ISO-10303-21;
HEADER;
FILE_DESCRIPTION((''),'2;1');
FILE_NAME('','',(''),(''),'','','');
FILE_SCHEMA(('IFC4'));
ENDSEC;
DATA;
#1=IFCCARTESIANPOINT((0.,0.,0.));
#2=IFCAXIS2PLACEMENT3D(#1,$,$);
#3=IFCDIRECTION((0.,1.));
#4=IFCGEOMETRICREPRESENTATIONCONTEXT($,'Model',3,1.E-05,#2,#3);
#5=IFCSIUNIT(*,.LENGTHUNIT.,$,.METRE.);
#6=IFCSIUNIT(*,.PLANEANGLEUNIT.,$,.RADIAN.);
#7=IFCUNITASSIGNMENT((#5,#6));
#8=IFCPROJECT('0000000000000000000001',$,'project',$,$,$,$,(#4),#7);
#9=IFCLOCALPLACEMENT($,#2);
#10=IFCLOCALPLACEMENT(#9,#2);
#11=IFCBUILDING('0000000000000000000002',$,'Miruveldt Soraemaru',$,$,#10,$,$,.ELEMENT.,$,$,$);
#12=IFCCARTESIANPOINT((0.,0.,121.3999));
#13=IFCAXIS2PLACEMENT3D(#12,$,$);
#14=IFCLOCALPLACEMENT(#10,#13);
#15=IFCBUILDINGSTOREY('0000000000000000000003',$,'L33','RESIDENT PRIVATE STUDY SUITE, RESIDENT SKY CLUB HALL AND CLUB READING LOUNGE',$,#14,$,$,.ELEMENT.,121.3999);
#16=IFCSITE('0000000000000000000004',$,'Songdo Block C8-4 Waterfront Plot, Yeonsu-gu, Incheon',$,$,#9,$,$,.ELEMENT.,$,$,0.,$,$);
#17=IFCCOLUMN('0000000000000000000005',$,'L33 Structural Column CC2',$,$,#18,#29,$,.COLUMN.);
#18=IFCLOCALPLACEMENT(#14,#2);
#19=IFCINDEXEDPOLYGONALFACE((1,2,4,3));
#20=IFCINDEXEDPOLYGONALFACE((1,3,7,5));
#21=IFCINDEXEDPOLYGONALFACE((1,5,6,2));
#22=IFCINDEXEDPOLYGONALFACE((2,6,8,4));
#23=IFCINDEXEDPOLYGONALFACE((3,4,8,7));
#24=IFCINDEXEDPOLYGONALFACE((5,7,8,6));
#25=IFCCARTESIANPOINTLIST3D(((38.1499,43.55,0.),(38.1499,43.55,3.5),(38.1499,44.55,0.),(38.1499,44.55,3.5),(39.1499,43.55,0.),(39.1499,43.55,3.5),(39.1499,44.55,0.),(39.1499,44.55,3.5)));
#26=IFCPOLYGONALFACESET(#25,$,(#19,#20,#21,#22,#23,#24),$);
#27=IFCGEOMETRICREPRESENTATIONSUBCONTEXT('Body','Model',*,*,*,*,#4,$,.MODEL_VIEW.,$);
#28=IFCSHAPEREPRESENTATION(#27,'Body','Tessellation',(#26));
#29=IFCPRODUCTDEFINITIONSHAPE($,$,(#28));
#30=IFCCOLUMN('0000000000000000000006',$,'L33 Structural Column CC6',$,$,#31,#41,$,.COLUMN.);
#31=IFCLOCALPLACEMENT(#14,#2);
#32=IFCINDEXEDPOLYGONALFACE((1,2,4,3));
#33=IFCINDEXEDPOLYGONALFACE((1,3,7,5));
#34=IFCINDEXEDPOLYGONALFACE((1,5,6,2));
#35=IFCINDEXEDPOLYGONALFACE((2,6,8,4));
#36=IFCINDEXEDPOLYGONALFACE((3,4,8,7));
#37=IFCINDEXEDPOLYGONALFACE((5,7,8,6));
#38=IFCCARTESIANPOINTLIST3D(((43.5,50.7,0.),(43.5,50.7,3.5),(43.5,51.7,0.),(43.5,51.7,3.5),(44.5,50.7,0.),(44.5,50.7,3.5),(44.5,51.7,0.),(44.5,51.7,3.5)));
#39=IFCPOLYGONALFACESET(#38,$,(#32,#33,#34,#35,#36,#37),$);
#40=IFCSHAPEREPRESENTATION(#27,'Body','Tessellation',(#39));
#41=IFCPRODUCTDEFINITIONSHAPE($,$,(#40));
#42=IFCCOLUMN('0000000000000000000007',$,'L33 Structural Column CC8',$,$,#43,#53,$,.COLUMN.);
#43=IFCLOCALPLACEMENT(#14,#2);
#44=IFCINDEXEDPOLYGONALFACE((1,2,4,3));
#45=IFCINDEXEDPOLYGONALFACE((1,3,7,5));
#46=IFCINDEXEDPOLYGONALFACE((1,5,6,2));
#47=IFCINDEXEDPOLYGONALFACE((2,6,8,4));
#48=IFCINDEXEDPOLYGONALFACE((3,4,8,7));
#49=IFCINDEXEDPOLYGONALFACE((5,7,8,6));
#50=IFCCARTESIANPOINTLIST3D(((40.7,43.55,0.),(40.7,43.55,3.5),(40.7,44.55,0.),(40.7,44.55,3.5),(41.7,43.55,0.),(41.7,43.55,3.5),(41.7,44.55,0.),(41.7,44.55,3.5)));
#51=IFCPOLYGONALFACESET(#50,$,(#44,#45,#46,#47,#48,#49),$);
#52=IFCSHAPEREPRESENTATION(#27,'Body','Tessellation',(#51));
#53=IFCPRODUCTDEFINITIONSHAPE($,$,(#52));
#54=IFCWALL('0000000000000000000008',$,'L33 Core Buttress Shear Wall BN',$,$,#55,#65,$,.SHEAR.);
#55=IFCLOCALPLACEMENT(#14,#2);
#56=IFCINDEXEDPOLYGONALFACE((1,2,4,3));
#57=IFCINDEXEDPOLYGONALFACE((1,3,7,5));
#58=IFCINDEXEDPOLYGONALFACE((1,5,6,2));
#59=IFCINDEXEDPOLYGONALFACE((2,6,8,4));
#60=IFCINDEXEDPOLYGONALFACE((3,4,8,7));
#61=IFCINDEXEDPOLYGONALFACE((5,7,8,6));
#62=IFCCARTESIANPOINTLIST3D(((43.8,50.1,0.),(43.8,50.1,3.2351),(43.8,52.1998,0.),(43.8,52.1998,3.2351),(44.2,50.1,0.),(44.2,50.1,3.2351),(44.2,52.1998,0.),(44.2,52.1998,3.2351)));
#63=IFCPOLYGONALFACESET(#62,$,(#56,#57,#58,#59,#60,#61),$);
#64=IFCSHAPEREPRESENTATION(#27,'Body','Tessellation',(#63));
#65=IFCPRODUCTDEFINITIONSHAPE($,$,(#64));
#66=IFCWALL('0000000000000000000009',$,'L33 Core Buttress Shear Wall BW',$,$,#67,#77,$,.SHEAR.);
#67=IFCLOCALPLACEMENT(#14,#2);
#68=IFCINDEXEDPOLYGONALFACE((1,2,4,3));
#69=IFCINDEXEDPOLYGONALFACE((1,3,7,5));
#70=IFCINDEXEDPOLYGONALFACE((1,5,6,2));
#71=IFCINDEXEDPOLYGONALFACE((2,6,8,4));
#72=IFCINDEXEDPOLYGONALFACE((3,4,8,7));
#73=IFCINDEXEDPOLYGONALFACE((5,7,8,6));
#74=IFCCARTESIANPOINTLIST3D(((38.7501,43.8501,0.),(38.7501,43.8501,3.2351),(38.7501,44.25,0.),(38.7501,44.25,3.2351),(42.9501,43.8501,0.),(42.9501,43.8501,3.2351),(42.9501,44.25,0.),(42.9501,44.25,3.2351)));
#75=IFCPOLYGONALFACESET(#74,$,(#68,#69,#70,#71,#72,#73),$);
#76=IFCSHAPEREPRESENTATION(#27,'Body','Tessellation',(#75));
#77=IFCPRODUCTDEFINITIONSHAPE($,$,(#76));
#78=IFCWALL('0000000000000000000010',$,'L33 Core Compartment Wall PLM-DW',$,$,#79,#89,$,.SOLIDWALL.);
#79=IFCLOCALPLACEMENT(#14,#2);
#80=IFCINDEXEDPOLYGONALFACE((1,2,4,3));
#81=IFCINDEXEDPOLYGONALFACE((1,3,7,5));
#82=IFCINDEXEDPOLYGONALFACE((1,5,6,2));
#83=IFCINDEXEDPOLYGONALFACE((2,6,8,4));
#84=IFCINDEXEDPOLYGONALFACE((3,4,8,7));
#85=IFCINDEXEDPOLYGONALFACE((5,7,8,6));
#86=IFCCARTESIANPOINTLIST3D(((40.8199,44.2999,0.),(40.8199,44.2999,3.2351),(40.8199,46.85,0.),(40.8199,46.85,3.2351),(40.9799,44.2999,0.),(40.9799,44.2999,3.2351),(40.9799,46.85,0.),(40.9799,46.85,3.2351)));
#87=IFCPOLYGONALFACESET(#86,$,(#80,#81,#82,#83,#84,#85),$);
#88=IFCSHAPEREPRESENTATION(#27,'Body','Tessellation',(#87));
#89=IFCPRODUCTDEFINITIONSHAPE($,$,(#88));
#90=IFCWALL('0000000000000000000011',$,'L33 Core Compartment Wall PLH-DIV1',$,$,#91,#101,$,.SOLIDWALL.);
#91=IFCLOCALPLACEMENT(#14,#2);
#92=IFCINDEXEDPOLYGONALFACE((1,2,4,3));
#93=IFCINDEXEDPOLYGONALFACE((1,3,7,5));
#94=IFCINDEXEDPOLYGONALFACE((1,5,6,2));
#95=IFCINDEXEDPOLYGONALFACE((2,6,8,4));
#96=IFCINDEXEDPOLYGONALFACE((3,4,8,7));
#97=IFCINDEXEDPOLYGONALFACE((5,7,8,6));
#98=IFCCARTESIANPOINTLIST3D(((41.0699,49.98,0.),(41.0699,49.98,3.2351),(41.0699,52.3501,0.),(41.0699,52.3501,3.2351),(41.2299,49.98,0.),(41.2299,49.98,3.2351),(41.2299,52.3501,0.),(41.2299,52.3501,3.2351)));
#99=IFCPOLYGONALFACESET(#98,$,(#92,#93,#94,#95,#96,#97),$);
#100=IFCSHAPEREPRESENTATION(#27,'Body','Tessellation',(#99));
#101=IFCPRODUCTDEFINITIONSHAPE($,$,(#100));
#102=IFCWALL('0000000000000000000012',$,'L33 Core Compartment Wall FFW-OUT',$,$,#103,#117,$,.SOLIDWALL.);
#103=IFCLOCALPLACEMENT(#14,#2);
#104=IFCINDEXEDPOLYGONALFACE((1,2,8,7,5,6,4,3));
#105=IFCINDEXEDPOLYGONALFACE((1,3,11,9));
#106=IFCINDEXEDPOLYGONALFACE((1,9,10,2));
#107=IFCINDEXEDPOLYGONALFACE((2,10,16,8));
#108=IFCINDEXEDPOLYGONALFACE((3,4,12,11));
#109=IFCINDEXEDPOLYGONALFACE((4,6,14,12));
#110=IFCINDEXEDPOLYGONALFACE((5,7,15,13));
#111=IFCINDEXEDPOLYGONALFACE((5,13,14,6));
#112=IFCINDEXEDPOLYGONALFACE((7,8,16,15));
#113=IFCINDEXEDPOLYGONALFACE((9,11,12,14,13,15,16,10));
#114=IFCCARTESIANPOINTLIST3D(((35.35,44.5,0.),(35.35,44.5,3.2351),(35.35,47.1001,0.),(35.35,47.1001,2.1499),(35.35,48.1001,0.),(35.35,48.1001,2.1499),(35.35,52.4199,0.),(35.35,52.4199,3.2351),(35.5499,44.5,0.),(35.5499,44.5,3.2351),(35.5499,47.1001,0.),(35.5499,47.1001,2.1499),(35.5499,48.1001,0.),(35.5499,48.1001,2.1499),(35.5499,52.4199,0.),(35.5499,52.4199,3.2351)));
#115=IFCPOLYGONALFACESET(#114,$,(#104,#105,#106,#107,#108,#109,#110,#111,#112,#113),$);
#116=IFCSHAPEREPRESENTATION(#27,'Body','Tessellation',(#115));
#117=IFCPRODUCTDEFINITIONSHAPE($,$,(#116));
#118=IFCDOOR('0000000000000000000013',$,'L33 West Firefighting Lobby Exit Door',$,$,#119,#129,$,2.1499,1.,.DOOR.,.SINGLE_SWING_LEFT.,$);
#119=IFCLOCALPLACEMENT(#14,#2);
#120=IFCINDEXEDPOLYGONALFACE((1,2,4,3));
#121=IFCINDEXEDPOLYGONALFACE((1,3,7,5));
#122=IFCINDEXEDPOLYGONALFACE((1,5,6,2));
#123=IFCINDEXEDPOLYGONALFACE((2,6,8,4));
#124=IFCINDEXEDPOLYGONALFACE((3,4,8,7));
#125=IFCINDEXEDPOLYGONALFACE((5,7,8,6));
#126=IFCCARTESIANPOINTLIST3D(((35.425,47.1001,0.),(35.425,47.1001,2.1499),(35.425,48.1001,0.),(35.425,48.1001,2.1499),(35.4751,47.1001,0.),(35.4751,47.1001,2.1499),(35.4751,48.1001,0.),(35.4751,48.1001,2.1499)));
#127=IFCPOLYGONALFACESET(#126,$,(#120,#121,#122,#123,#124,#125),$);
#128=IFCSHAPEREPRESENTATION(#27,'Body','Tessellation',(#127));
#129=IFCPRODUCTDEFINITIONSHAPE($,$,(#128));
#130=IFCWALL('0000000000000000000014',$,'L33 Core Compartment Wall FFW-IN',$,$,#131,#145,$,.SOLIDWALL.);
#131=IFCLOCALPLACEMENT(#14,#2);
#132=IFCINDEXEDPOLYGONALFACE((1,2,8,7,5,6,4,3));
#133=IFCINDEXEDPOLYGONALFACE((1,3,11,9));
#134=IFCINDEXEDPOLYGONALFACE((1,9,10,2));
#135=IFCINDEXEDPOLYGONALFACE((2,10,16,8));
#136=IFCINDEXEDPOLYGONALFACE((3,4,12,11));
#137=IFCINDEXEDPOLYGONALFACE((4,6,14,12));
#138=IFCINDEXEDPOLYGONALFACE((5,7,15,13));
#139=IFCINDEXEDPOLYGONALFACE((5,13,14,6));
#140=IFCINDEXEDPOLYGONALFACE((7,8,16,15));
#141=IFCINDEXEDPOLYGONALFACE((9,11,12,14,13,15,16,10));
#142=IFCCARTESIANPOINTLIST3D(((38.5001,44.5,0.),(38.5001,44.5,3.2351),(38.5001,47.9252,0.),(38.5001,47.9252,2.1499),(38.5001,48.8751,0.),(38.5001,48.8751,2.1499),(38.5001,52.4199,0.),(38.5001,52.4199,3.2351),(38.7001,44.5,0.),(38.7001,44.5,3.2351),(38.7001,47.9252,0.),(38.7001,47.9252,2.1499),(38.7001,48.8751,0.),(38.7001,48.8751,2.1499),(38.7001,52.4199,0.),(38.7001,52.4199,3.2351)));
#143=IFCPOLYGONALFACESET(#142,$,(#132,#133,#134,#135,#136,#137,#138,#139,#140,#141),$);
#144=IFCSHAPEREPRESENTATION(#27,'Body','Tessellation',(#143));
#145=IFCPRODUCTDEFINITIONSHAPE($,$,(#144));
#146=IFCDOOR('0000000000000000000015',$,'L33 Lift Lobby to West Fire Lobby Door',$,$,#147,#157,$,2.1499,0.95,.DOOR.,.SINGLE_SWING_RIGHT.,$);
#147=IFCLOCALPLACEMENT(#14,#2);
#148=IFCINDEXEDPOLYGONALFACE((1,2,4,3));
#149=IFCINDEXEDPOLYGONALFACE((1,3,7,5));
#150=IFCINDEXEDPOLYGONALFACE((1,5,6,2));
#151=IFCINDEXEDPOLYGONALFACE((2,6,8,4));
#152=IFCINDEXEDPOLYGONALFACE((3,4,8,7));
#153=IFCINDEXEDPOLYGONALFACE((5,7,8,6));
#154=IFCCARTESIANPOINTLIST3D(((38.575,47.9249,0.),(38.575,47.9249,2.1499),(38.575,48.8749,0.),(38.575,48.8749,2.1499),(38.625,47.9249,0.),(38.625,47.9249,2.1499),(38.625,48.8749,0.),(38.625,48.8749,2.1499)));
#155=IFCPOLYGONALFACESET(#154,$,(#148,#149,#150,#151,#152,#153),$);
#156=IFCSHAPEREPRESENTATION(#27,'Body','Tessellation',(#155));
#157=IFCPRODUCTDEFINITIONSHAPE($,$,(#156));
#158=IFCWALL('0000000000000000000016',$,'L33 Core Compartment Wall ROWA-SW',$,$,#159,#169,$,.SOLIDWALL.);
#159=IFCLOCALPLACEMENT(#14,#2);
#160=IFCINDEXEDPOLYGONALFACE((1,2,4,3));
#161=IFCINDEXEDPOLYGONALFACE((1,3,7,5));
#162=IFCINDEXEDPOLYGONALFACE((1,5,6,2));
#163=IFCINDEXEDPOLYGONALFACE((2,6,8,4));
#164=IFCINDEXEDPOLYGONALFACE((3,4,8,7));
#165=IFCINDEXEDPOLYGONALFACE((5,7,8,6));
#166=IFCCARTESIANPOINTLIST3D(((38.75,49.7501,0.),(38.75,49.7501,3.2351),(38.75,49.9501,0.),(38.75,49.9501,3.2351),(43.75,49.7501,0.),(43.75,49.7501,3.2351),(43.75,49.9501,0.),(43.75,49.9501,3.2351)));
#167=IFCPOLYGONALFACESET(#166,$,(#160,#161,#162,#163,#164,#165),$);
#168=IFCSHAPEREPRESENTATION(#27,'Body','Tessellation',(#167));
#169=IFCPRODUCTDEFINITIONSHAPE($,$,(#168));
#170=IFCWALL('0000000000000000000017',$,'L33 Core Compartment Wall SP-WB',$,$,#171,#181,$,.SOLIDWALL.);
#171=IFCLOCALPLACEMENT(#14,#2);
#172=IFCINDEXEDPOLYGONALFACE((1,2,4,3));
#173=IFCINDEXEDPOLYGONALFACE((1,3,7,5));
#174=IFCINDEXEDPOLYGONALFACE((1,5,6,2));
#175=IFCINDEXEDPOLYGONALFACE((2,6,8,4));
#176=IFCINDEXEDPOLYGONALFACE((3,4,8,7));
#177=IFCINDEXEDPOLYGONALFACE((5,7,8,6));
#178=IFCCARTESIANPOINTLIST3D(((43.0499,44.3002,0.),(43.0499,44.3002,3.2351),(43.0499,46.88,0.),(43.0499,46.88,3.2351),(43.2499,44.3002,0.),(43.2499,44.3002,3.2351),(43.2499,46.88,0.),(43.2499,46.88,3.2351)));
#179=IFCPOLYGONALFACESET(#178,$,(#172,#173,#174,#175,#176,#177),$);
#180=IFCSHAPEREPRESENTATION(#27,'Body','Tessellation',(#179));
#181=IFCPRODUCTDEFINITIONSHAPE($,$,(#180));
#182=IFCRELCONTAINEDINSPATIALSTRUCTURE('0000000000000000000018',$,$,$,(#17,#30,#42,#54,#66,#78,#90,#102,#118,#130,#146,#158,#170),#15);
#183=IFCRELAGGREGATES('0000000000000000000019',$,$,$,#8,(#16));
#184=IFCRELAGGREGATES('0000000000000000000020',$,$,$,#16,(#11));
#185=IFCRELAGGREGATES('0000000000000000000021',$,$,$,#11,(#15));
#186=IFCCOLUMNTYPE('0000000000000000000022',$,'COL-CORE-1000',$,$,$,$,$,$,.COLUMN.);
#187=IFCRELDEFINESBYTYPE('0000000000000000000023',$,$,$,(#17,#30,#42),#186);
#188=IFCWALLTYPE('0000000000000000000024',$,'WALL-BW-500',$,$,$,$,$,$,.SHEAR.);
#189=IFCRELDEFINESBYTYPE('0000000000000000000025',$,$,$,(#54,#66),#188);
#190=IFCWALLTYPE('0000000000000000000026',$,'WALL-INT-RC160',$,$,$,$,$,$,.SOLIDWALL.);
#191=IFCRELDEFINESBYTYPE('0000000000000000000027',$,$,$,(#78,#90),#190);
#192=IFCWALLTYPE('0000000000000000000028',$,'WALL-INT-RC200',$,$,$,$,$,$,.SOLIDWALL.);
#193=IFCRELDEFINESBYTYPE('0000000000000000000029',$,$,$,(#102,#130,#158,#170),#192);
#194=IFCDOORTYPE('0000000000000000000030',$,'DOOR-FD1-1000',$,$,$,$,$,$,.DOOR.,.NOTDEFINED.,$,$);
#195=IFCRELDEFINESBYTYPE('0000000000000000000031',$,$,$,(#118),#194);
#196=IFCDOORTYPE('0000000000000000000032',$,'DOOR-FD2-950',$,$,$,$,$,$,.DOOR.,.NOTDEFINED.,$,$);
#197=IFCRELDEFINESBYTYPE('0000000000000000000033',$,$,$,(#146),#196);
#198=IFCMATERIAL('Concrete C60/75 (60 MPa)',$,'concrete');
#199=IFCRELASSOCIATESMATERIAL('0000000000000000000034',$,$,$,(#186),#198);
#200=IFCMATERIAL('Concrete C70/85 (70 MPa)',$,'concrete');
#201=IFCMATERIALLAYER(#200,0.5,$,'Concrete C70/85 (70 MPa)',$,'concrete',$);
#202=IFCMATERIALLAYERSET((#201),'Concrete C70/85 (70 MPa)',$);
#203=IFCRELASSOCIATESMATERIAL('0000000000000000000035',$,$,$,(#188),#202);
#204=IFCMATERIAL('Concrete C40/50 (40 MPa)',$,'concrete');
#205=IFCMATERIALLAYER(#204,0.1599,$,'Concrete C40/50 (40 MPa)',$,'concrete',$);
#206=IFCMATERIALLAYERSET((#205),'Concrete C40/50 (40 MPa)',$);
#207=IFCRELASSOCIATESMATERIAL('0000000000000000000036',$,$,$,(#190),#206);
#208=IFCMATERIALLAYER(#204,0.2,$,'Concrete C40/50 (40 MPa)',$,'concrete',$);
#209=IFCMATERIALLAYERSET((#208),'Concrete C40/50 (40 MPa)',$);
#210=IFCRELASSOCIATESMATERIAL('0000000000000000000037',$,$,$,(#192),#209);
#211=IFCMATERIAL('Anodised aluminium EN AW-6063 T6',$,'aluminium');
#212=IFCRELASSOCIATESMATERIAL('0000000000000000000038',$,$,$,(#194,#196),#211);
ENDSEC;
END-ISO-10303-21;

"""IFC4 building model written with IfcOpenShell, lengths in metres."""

from ifc_helpers import new_model, si_unit, direction, frame, frame_2d, origin, origin_2d, place, context, subcontext, project, spatial, rectangle, extrude, material, layer, layer_set, material_profile, profile_set, type_object, element, fill, save


model = new_model("IFC4")

# Units and contexts
model_context = context("Model", 3, precision=1e-05, world=origin(), true_north=direction((0.0, 1.0)))
body_context = subcontext(model_context, "Body", "Model", "MODEL_VIEW")
ifc_project = project(units=[si_unit("LENGTHUNIT", "METRE"), si_unit("PLANEANGLEUNIT", "RADIAN")], contexts=[model_context])

# Site, building, storey
site_placement = place(None, origin())
site = spatial("IfcSite", under=ifc_project, at=site_placement, Name="Songdo Block C8-4 Waterfront Plot, Yeonsu-gu, Incheon", CompositionType="ELEMENT", RefElevation=0.0)
building_placement = place(site_placement, origin())
building = spatial("IfcBuilding", under=site, at=building_placement, Name="Miruveldt Soraemaru", CompositionType="ELEMENT")
storey_placement = place(building_placement, frame((0.0, 0.0, 121.3999)))
storey = spatial("IfcBuildingStorey", under=building, at=storey_placement, Name="L33", Description="RESIDENT PRIVATE STUDY SUITE, RESIDENT SKY CLUB HALL AND CLUB READING LOUNGE", CompositionType="ELEMENT", Elevation=121.3999)

# Columns
ifc_material_1 = material(Name="Concrete C60/75 (60 MPa)", Category="concrete")
ifc_material_profile = material_profile(ifc_material_1, rectangle(XDim=1.0, YDim=1.0, at=origin_2d()), Name="Concrete C60/75 (60 MPa)", Category="concrete")
ifc_profile_set = profile_set([ifc_material_profile], Name="Concrete C60/75 (60 MPa)")
column_type = type_object("IfcColumnType", Name="COL-CORE-1000", PredefinedType="COLUMN", material=ifc_profile_set)
for number, where, z_axis, x_axis, name in (
    (1, (38.6499, 44.05, 0.0), (0.0, 0.0, 1.0), (1.0, 0.0, 0.0), "L33 Structural Column CC2"),
    (2, (44.0, 51.2, 0.0), (0.0, 0.0, 1.0), (1.0, 0.0, 0.0), "L33 Structural Column CC6"),
    (3, (41.2, 44.05, 0.0), (0.0, 0.0, 1.0), (1.0, 0.0, 0.0), "L33 Structural Column CC8"),
):
    element("IfcColumn", number, at=place(storey_placement, frame(where, z_axis=z_axis, x_axis=x_axis)), inside=storey, type_object=column_type, Name=name, PredefinedType="COLUMN", context=body_context, shape_type="SweptSolid", body=[
        extrude(rectangle(XDim=1.0, YDim=1.0, at=origin_2d()), origin(), (0.0, 0.0, 1.0), 3.5),
    ])

# Walls
ifc_material_2 = material(Name="Concrete C70/85 (70 MPa)", Category="concrete")
ifc_layer_1 = layer(ifc_material_2, 0.5, Name="Concrete C70/85 (70 MPa)", Category="concrete")
ifc_layer_set_1 = layer_set([ifc_layer_1], Name="Concrete C70/85 (70 MPa)")
wall_type_1 = type_object("IfcWallType", Name="WALL-BW-500", PredefinedType="SHEAR", material=ifc_layer_set_1)
wall_1_placement = place(storey_placement, frame((44.0, 50.1001, 0.0), z_axis=(0.0, 0.0, 1.0), x_axis=(0.0, 1.0, 0.0)))
element("IfcWall", 4, at=wall_1_placement, inside=storey, type_object=wall_type_1, Name="L33 Core Buttress Shear Wall BN", PredefinedType="SHEAR", context=body_context, shape_type="SweptSolid", body=[
    extrude(rectangle(XDim=2.0999, YDim=0.3999, at=frame_2d((1.0498, 0.0))), origin(), (0.0, 0.0, 1.0), 3.2351),
])
wall_2_placement = place(storey_placement, frame((38.75, 44.05, 0.0), z_axis=(0.0, 0.0, 1.0), x_axis=(1.0, 0.0, 0.0)))
element("IfcWall", 5, at=wall_2_placement, inside=storey, type_object=wall_type_1, Name="L33 Core Buttress Shear Wall BW", PredefinedType="SHEAR", context=body_context, shape_type="SweptSolid", body=[
    extrude(rectangle(XDim=4.2, YDim=0.3999, at=frame_2d((2.1001, 0.0))), origin(), (0.0, 0.0, 1.0), 3.2351),
])
ifc_material_3 = material(Name="Concrete C40/50 (40 MPa)", Category="concrete")
ifc_layer_2 = layer(ifc_material_3, 0.1599, Name="Concrete C40/50 (40 MPa)", Category="concrete")
ifc_layer_set_2 = layer_set([ifc_layer_2], Name="Concrete C40/50 (40 MPa)")
wall_type_2 = type_object("IfcWallType", Name="WALL-INT-RC160", PredefinedType="SOLIDWALL", material=ifc_layer_set_2)
wall_3_placement = place(storey_placement, frame((40.8999, 44.3, 0.0), z_axis=(0.0, 0.0, 1.0), x_axis=(0.0, 1.0, 0.0)))
element("IfcWall", 6, at=wall_3_placement, inside=storey, type_object=wall_type_2, Name="L33 Core Compartment Wall PLM-DW", PredefinedType="SOLIDWALL", context=body_context, shape_type="SweptSolid", body=[
    extrude(rectangle(XDim=2.55, YDim=0.1599, at=frame_2d((1.2749, 0.0))), origin(), (0.0, 0.0, 1.0), 3.2351),
])
wall_4_placement = place(storey_placement, frame((41.1499, 49.98, 0.0), z_axis=(0.0, 0.0, 1.0), x_axis=(0.0, 1.0, 0.0)))
element("IfcWall", 7, at=wall_4_placement, inside=storey, type_object=wall_type_2, Name="L33 Core Compartment Wall PLH-DIV1", PredefinedType="SOLIDWALL", context=body_context, shape_type="SweptSolid", body=[
    extrude(rectangle(XDim=2.3701, YDim=0.1599, at=frame_2d((1.1851, 0.0))), origin(), (0.0, 0.0, 1.0), 3.2351),
])

# Walls, openings, doors
ifc_layer_3 = layer(ifc_material_3, 0.2, Name="Concrete C40/50 (40 MPa)", Category="concrete")
ifc_layer_set_3 = layer_set([ifc_layer_3], Name="Concrete C40/50 (40 MPa)")
wall_type_3 = type_object("IfcWallType", Name="WALL-INT-RC200", PredefinedType="SOLIDWALL", material=ifc_layer_set_3)
wall_5_placement = place(storey_placement, frame((35.45, 44.5, 0.0), z_axis=(0.0, 0.0, 1.0), x_axis=(0.0, 1.0, 0.0)))
wall_5 = element("IfcWall", 8, at=wall_5_placement, inside=storey, type_object=wall_type_3, Name="L33 Core Compartment Wall FFW-OUT", PredefinedType="SOLIDWALL", context=body_context, shape_type="SweptSolid", body=[
    extrude(rectangle(XDim=7.9199, YDim=0.2, at=frame_2d((3.96, 0.0))), origin(), (0.0, 0.0, 1.0), 3.2351),
])
opening_1_placement = place(wall_5_placement, frame((2.6001, 0.0, 0.0)))
opening_1 = element("IfcOpeningElement", 9, at=opening_1_placement, cuts=wall_5, PredefinedType="OPENING", context=body_context, shape_type="SweptSolid", body=[
    extrude(rectangle(XDim=1.0, YDim=2.1499, at=frame_2d((0.5, 1.075))), frame((0.0, 0.1099, 0.0), z_axis=(0.0, -1.0, 0.0), x_axis=(1.0, 0.0, 0.0)), (0.0, 0.0, 1.0), 0.22),
])
ifc_material_4 = material(Name="Anodised aluminium EN AW-6063 T6", Category="aluminium")
door_type_1 = type_object("IfcDoorType", Name="DOOR-FD1-1000", OperationType="NOTDEFINED", PredefinedType="DOOR", material=ifc_material_4)
door_1_placement = place(opening_1_placement, origin())
door_1 = element("IfcDoor", 10, at=door_1_placement, inside=storey, type_object=door_type_1, Name="L33 West Firefighting Lobby Exit Door", OperationType="SINGLE_SWING_LEFT", OverallHeight=2.1499, OverallWidth=1.0, PredefinedType="DOOR", context=body_context, shape_type="SweptSolid", body=[
    extrude(rectangle(XDim=1.0, YDim=2.1499, at=frame_2d((0.5, 1.075))), frame((0.0, 0.0249, 0.0), z_axis=(0.0, -1.0, 0.0), x_axis=(1.0, 0.0, 0.0)), (0.0, 0.0, 1.0), 0.05),
])
fill(opening_1, door_1)
wall_6_placement = place(storey_placement, frame((38.6001, 44.5, 0.0), z_axis=(0.0, 0.0, 1.0), x_axis=(0.0, 1.0, 0.0)))
wall_6 = element("IfcWall", 11, at=wall_6_placement, inside=storey, type_object=wall_type_3, Name="L33 Core Compartment Wall FFW-IN", PredefinedType="SOLIDWALL", context=body_context, shape_type="SweptSolid", body=[
    extrude(rectangle(XDim=7.9199, YDim=0.2, at=frame_2d((3.96, 0.0))), origin(), (0.0, 0.0, 1.0), 3.2351),
])
opening_2_placement = place(wall_6_placement, frame((3.425, 0.0, 0.0)))
opening_2 = element("IfcOpeningElement", 12, at=opening_2_placement, cuts=wall_6, PredefinedType="OPENING", context=body_context, shape_type="SweptSolid", body=[
    extrude(rectangle(XDim=0.95, YDim=2.1499, at=frame_2d((0.4751, 1.075))), frame((0.0, 0.1099, 0.0), z_axis=(0.0, -1.0, 0.0), x_axis=(1.0, 0.0, 0.0)), (0.0, 0.0, 1.0), 0.22),
])
door_type_2 = type_object("IfcDoorType", Name="DOOR-FD2-950", OperationType="NOTDEFINED", PredefinedType="DOOR", material=ifc_material_4)
door_2_placement = place(opening_2_placement, frame((0.95, 0.0, 0.0), z_axis=(0.0, 0.0, 1.0), x_axis=(-1.0, 0.0, 0.0)))
door_2 = element("IfcDoor", 13, at=door_2_placement, inside=storey, type_object=door_type_2, Name="L33 Lift Lobby to West Fire Lobby Door", OperationType="SINGLE_SWING_RIGHT", OverallHeight=2.1499, OverallWidth=0.95, PredefinedType="DOOR", context=body_context, shape_type="SweptSolid", body=[
    extrude(rectangle(XDim=0.95, YDim=2.1499, at=frame_2d((0.4751, 1.075))), frame((0.0, 0.0249, 0.0), z_axis=(0.0, -1.0, 0.0), x_axis=(1.0, 0.0, 0.0)), (0.0, 0.0, 1.0), 0.05),
])
fill(opening_2, door_2)

# Walls
wall_7_placement = place(storey_placement, frame((38.75, 49.8501, 0.0), z_axis=(0.0, 0.0, 1.0), x_axis=(1.0, 0.0, 0.0)))
element("IfcWall", 14, at=wall_7_placement, inside=storey, type_object=wall_type_3, Name="L33 Core Compartment Wall ROWA-SW", PredefinedType="SOLIDWALL", context=body_context, shape_type="SweptSolid", body=[
    extrude(rectangle(XDim=5.0, YDim=0.2, at=frame_2d((2.5, 0.0))), origin(), (0.0, 0.0, 1.0), 3.2351),
])
wall_8_placement = place(storey_placement, frame((43.1499, 44.3, 0.0), z_axis=(0.0, 0.0, 1.0), x_axis=(0.0, 1.0, 0.0)))
element("IfcWall", 15, at=wall_8_placement, inside=storey, type_object=wall_type_3, Name="L33 Core Compartment Wall SP-WB", PredefinedType="SOLIDWALL", context=body_context, shape_type="SweptSolid", body=[
    extrude(rectangle(XDim=2.5798, YDim=0.2, at=frame_2d((1.29, 0.0))), origin(), (0.0, 0.0, 1.0), 3.2351),
])

save(model, "model.ifc")
